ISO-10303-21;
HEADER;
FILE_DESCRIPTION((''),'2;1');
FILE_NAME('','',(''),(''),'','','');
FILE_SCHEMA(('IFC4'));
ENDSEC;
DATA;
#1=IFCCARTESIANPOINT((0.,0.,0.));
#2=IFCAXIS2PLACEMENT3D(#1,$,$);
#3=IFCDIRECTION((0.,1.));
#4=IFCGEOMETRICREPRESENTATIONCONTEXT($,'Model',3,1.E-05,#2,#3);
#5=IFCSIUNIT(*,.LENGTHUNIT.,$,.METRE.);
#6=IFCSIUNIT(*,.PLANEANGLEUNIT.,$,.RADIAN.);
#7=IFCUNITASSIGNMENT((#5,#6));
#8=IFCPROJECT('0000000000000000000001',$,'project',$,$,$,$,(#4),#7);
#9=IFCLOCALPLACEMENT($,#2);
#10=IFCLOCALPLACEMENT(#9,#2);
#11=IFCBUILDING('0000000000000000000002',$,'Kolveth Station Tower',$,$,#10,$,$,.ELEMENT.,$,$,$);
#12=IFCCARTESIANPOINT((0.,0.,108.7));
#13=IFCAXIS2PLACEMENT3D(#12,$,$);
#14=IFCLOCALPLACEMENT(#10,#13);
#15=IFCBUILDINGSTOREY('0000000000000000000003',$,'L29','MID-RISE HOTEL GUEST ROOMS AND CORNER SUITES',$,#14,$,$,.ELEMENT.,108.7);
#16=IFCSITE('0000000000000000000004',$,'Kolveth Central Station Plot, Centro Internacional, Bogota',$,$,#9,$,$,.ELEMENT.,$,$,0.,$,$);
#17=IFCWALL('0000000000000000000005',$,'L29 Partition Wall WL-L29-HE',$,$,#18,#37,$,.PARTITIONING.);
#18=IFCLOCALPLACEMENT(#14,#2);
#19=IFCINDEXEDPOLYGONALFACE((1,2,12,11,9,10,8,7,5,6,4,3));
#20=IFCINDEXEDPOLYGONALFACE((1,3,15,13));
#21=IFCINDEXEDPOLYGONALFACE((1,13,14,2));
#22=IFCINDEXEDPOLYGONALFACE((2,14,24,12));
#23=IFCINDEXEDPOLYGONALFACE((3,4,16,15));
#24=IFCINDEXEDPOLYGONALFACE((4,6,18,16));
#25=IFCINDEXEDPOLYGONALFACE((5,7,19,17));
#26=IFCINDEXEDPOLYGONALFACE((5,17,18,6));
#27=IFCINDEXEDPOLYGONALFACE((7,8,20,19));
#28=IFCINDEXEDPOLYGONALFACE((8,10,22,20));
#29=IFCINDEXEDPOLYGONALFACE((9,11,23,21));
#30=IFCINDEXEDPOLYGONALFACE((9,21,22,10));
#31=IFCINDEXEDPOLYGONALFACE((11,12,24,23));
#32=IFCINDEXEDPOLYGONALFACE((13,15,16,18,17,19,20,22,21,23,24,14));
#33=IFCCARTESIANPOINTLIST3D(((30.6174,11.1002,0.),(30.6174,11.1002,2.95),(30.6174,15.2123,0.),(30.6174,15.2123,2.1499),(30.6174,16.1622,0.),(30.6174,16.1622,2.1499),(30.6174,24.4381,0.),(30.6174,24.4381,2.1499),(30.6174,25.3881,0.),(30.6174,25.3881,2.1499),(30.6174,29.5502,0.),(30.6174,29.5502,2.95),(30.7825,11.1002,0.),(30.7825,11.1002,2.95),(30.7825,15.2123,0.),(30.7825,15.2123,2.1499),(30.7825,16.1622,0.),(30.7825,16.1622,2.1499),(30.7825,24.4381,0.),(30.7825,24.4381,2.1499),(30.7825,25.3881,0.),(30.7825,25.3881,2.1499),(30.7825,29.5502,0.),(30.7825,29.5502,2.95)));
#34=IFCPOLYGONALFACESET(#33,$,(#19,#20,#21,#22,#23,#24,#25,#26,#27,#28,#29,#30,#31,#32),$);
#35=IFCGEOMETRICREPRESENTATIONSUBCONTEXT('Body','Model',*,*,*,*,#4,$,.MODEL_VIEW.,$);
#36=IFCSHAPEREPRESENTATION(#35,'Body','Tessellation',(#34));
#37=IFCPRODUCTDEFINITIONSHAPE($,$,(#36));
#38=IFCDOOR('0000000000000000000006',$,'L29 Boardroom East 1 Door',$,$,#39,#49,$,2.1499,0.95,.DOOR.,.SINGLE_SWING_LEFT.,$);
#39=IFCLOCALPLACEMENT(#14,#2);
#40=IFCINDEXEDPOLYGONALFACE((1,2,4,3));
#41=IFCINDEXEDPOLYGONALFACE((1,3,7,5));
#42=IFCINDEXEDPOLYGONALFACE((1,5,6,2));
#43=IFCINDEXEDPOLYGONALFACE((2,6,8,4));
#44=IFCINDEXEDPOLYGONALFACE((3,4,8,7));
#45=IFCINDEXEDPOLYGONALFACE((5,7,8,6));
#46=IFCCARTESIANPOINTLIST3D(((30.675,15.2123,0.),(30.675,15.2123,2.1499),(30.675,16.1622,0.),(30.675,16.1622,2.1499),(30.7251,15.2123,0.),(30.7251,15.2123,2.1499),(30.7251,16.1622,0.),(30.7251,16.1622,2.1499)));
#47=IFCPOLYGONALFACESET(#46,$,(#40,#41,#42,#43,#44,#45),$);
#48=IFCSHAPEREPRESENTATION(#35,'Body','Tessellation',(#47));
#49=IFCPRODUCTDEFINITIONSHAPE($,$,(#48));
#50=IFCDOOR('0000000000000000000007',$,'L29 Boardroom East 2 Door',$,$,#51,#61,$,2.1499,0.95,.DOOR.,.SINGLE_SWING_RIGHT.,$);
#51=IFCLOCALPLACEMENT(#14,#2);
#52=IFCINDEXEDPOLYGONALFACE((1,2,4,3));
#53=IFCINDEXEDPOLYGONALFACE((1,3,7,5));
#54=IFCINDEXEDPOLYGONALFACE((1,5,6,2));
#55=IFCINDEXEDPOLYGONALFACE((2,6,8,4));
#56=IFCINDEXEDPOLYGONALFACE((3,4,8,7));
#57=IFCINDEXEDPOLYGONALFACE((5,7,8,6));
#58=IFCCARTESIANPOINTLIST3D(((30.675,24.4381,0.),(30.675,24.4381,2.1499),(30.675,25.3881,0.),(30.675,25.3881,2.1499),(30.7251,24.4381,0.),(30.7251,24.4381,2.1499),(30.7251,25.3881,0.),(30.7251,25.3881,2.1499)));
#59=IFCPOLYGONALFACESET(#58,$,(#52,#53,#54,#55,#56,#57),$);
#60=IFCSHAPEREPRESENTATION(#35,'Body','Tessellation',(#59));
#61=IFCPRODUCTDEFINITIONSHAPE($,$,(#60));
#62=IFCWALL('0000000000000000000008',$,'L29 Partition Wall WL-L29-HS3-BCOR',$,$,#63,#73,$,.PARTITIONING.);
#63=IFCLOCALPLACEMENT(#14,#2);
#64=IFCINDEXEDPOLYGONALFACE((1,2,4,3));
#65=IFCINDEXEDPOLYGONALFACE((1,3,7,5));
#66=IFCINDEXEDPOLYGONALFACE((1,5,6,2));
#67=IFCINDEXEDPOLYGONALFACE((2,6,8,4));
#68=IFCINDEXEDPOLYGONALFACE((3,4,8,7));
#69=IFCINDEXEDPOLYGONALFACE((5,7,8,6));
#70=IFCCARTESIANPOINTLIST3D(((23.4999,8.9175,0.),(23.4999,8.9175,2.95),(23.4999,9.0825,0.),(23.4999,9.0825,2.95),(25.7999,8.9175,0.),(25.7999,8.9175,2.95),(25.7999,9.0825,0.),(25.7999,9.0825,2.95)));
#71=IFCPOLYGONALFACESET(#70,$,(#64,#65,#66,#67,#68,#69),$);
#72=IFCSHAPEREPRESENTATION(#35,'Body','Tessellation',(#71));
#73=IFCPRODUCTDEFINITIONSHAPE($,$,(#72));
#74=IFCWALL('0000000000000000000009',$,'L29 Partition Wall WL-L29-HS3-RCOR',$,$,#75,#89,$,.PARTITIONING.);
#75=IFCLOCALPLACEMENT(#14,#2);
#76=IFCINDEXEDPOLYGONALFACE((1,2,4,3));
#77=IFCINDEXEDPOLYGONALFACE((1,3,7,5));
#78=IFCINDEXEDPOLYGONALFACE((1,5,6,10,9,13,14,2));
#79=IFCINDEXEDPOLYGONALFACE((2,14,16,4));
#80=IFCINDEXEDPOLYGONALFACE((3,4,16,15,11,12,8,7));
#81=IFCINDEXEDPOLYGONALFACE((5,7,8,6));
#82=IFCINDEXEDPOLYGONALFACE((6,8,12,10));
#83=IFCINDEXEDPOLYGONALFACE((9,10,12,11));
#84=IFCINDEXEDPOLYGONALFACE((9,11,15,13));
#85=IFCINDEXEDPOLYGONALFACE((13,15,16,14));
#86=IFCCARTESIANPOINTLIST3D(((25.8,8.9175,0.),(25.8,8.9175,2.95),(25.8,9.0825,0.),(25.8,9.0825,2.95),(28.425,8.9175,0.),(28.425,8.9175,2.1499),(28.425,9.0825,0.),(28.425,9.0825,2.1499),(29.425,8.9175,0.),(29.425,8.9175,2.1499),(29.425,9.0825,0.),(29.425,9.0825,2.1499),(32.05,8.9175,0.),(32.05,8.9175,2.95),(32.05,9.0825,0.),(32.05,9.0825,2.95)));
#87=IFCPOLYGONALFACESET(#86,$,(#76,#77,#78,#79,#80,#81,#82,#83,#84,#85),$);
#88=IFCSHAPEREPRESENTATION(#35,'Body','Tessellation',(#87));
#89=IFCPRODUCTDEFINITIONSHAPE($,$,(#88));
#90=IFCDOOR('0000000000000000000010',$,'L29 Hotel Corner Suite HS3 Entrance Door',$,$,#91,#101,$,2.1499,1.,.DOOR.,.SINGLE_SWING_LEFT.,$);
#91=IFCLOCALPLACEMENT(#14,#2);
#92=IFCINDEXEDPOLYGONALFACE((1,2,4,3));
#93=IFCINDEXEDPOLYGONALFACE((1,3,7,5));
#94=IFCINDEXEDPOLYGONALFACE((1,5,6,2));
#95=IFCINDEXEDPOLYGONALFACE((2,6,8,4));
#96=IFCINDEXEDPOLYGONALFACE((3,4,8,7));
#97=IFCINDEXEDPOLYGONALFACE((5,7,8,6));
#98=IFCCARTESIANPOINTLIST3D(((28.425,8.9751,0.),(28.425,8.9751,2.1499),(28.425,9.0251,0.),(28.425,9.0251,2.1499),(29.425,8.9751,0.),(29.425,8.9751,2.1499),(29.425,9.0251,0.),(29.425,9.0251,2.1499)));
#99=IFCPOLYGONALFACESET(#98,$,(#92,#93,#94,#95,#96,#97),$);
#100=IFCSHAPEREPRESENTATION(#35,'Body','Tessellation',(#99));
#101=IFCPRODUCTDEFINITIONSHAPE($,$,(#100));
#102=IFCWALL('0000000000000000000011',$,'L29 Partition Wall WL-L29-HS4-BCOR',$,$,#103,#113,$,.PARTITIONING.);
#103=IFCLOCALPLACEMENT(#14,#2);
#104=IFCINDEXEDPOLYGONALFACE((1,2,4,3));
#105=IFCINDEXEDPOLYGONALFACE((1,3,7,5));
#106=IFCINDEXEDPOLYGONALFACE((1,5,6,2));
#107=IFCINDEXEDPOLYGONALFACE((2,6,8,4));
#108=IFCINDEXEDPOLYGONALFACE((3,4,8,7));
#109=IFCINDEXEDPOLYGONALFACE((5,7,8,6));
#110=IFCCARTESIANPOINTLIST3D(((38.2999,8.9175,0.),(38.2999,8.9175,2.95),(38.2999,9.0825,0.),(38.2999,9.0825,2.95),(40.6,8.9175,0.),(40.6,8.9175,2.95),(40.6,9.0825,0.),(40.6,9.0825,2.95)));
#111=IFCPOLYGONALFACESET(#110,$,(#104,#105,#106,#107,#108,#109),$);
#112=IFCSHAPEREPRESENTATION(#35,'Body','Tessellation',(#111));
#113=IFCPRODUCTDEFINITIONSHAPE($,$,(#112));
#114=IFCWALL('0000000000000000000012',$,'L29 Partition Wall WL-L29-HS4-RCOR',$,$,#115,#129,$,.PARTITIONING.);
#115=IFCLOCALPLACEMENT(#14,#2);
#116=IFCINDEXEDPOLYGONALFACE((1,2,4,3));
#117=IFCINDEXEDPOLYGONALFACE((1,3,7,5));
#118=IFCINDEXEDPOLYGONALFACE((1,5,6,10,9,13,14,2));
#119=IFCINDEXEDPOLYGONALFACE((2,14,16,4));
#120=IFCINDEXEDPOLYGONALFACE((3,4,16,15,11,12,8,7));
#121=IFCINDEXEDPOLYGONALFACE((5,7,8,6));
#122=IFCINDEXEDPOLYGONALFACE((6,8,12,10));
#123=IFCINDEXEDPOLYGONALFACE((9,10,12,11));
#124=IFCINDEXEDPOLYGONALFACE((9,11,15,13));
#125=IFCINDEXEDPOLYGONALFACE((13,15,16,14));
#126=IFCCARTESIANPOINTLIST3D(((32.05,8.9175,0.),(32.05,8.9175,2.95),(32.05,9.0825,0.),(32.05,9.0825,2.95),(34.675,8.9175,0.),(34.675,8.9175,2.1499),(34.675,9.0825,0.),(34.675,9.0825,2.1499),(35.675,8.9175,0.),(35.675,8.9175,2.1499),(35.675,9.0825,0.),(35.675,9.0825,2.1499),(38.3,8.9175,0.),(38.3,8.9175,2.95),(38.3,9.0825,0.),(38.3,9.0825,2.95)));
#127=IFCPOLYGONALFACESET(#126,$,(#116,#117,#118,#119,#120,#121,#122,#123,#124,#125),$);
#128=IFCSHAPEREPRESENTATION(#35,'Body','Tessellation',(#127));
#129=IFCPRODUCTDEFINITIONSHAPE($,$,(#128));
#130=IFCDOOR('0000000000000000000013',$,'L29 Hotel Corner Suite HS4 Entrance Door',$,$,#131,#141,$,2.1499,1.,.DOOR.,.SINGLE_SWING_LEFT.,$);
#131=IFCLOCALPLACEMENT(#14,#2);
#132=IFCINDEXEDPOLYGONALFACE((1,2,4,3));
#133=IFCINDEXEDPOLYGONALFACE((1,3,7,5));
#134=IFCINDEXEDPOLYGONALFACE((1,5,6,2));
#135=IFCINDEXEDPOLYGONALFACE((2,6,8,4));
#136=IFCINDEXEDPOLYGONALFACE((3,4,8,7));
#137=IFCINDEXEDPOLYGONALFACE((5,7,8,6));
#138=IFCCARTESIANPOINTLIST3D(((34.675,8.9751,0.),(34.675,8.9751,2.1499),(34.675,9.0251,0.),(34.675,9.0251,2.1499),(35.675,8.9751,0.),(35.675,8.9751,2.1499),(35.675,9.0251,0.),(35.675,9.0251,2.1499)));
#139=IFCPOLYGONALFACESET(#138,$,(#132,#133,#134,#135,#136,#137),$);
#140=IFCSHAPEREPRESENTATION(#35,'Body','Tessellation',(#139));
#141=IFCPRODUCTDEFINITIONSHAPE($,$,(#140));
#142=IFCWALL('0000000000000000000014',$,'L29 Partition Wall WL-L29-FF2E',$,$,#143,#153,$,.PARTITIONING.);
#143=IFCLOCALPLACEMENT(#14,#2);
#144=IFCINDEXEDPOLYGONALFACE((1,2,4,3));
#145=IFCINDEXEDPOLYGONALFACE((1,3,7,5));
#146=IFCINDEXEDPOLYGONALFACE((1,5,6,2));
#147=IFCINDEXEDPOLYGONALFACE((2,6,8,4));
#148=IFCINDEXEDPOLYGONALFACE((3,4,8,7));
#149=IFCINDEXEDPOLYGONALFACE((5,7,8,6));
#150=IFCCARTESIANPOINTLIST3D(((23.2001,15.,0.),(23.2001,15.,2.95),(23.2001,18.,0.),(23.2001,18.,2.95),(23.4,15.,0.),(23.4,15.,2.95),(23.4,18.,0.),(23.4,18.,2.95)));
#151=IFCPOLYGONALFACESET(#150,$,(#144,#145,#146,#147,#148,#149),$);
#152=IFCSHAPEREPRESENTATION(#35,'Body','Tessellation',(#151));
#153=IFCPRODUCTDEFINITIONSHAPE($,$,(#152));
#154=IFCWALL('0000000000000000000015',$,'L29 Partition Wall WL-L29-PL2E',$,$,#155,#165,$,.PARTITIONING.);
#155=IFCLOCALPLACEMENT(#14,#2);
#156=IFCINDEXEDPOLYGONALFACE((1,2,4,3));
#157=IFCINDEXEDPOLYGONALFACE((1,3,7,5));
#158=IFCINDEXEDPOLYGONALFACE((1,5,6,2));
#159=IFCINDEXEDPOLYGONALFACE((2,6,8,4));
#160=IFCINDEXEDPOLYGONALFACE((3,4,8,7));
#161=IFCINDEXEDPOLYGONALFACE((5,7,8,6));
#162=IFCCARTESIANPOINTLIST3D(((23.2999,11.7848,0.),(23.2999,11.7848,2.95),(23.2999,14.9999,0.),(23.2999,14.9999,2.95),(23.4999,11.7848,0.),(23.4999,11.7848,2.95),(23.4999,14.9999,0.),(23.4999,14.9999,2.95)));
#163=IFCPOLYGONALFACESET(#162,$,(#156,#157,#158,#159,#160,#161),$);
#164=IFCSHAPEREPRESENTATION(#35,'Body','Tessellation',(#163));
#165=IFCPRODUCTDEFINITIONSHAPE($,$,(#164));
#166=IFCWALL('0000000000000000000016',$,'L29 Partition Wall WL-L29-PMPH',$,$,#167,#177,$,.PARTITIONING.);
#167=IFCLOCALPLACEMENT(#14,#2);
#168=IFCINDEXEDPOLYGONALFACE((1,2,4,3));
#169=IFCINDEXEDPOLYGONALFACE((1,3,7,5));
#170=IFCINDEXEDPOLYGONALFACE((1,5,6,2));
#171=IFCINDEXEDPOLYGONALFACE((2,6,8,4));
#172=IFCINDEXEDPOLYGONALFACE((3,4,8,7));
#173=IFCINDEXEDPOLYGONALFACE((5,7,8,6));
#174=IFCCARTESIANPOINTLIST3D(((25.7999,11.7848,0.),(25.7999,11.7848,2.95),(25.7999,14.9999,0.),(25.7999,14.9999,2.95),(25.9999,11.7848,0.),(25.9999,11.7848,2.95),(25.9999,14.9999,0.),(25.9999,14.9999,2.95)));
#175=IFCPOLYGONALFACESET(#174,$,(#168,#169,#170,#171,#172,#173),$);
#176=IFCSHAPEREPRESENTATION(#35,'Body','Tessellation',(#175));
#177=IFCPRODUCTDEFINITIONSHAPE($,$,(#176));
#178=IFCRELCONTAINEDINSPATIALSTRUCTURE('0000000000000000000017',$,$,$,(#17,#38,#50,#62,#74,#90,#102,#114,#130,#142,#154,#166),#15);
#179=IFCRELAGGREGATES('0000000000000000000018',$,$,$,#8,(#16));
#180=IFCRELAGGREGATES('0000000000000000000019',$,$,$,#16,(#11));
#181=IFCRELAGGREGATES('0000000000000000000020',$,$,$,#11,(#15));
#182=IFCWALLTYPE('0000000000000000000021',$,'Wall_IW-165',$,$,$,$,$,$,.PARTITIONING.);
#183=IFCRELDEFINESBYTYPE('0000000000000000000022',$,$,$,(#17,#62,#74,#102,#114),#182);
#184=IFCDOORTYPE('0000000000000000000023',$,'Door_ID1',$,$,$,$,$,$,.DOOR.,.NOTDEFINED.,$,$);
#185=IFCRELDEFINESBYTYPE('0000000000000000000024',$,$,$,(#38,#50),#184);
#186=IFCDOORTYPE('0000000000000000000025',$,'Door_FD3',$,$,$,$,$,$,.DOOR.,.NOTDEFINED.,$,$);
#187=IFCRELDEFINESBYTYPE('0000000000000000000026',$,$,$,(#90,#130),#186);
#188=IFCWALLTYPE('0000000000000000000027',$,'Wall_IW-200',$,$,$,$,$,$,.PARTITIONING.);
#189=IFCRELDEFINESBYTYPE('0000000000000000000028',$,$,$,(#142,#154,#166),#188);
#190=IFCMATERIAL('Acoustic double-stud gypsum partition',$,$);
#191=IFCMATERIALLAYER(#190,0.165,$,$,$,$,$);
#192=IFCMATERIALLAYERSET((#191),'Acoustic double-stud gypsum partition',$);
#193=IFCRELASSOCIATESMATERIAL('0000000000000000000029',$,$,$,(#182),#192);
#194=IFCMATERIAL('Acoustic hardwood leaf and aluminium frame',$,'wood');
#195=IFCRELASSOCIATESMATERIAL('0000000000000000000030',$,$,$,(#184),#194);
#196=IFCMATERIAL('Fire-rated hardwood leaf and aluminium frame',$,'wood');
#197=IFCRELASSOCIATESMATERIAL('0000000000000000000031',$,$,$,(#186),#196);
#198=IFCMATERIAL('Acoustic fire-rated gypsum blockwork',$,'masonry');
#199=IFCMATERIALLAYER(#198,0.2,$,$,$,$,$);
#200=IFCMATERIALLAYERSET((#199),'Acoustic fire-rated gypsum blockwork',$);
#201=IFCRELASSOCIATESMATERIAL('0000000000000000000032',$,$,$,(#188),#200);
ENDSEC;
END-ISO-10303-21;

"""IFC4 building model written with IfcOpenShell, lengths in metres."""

from ifc_helpers import new_model, si_unit, direction, frame, frame_2d, origin, place, context, subcontext, project, spatial, rectangle, extrude, material, layer, layer_set, type_object, element, fill, save


model = new_model("IFC4")

# Units and contexts
model_context = context("Model", 3, precision=1e-05, world=origin(), true_north=direction((0.0, 1.0)))
body_context = subcontext(model_context, "Body", "Model", "MODEL_VIEW")
ifc_project = project(units=[si_unit("LENGTHUNIT", "METRE"), si_unit("PLANEANGLEUNIT", "RADIAN")], contexts=[model_context])

# Site, building, storey
site_placement = place(None, origin())
site = spatial("IfcSite", under=ifc_project, at=site_placement, Name="Kolveth Central Station Plot, Centro Internacional, Bogota", CompositionType="ELEMENT", RefElevation=0.0)
building_placement = place(site_placement, origin())
building = spatial("IfcBuilding", under=site, at=building_placement, Name="Kolveth Station Tower", CompositionType="ELEMENT")
storey_placement = place(building_placement, frame((0.0, 0.0, 108.7)))
storey = spatial("IfcBuildingStorey", under=building, at=storey_placement, Name="L29", Description="MID-RISE HOTEL GUEST ROOMS AND CORNER SUITES", CompositionType="ELEMENT", Elevation=108.7)

# Shared definitions
ifc_material_1 = material(Name="Acoustic double-stud gypsum partition")
ifc_layer_1 = layer(ifc_material_1, 0.165)
ifc_layer_set_1 = layer_set([ifc_layer_1], Name="Acoustic double-stud gypsum partition")
wall_type_1 = type_object("IfcWallType", Name="Wall_IW-165", PredefinedType="PARTITIONING", material=ifc_layer_set_1)

# Wall, openings, doors
wall_1_placement = place(storey_placement, frame((30.7, 11.1001, 0.0), z_axis=(0.0, 0.0, 1.0), x_axis=(0.0, 1.0, 0.0)))
wall_1 = element("IfcWall", 1, at=wall_1_placement, inside=storey, type_object=wall_type_1, Name="L29 Partition Wall WL-L29-HE", PredefinedType="PARTITIONING", context=body_context, shape_type="SweptSolid", body=[
    extrude(rectangle(XDim=18.45, YDim=0.165, at=frame_2d((9.2251, 0.0))), origin(), (0.0, 0.0, 1.0), 2.95),
])
opening_1_placement = place(wall_1_placement, frame((4.1121, 0.0, 0.0)))
opening_1 = element("IfcOpeningElement", 2, at=opening_1_placement, cuts=wall_1, PredefinedType="OPENING", context=body_context, shape_type="SweptSolid", body=[
    extrude(rectangle(XDim=0.95, YDim=2.1499, at=frame_2d((0.4751, 1.075))), frame((0.0, 0.0925, 0.0), z_axis=(0.0, -1.0, 0.0), x_axis=(1.0, 0.0, 0.0)), (0.0, 0.0, 1.0), 0.1851),
])
opening_2_placement = place(wall_1_placement, frame((13.3379, 0.0, 0.0)))
opening_2 = element("IfcOpeningElement", 3, at=opening_2_placement, cuts=wall_1, PredefinedType="OPENING", context=body_context, shape_type="SweptSolid", body=[
    extrude(rectangle(XDim=0.95, YDim=2.1499, at=frame_2d((0.4751, 1.075))), frame((0.0, 0.0925, 0.0), z_axis=(0.0, -1.0, 0.0), x_axis=(1.0, 0.0, 0.0)), (0.0, 0.0, 1.0), 0.1851),
])
ifc_material_2 = material(Name="Acoustic hardwood leaf and aluminium frame", Category="wood")
door_type_1 = type_object("IfcDoorType", Name="Door_ID1", OperationType="NOTDEFINED", PredefinedType="DOOR", material=ifc_material_2)
door_1_placement = place(opening_1_placement, origin())
door_1 = element("IfcDoor", 4, at=door_1_placement, inside=storey, type_object=door_type_1, Name="L29 Boardroom East 1 Door", OperationType="SINGLE_SWING_LEFT", OverallHeight=2.1499, OverallWidth=0.95, PredefinedType="DOOR", context=body_context, shape_type="SweptSolid", body=[
    extrude(rectangle(XDim=0.95, YDim=2.1499, at=frame_2d((0.4751, 1.075))), frame((0.0, 0.0249, 0.0), z_axis=(0.0, -1.0, 0.0), x_axis=(1.0, 0.0, 0.0)), (0.0, 0.0, 1.0), 0.05),
])
fill(opening_1, door_1)
door_2_placement = place(opening_2_placement, origin())
door_2 = element("IfcDoor", 5, at=door_2_placement, inside=storey, type_object=door_type_1, Name="L29 Boardroom East 2 Door", OperationType="SINGLE_SWING_RIGHT", OverallHeight=2.1499, OverallWidth=0.95, PredefinedType="DOOR", context=body_context, shape_type="SweptSolid", body=[
    extrude(rectangle(XDim=0.95, YDim=2.1499, at=frame_2d((0.4751, 1.075))), frame((0.0, 0.0249, 0.0), z_axis=(0.0, -1.0, 0.0), x_axis=(1.0, 0.0, 0.0)), (0.0, 0.0, 1.0), 0.05),
])
fill(opening_2, door_2)

# Wall
wall_2_placement = place(storey_placement, frame((23.5, 9.0, 0.0), z_axis=(0.0, 0.0, 1.0), x_axis=(1.0, 0.0, 0.0)))
element("IfcWall", 6, at=wall_2_placement, inside=storey, type_object=wall_type_1, Name="L29 Partition Wall WL-L29-HS3-BCOR", PredefinedType="PARTITIONING", context=body_context, shape_type="SweptSolid", body=[
    extrude(rectangle(XDim=2.3, YDim=0.165, at=frame_2d((1.1499, 0.0))), origin(), (0.0, 0.0, 1.0), 2.95),
])

# Wall, opening, door
wall_3_placement = place(storey_placement, frame((25.8, 9.0, 0.0), z_axis=(0.0, 0.0, 1.0), x_axis=(1.0, 0.0, 0.0)))
wall_3 = element("IfcWall", 7, at=wall_3_placement, inside=storey, type_object=wall_type_1, Name="L29 Partition Wall WL-L29-HS3-RCOR", PredefinedType="PARTITIONING", context=body_context, shape_type="SweptSolid", body=[
    extrude(rectangle(XDim=6.25, YDim=0.165, at=frame_2d((3.125, 0.0))), origin(), (0.0, 0.0, 1.0), 2.95),
])
opening_3_placement = place(wall_3_placement, frame((2.625, 0.0, 0.0)))
opening_3 = element("IfcOpeningElement", 8, at=opening_3_placement, cuts=wall_3, PredefinedType="OPENING", context=body_context, shape_type="SweptSolid", body=[
    extrude(rectangle(XDim=1.0, YDim=2.1499, at=frame_2d((0.5, 1.075))), frame((0.0, 0.0925, 0.0), z_axis=(0.0, -1.0, 0.0), x_axis=(1.0, 0.0, 0.0)), (0.0, 0.0, 1.0), 0.1851),
])
ifc_material_3 = material(Name="Fire-rated hardwood leaf and aluminium frame", Category="wood")
door_type_2 = type_object("IfcDoorType", Name="Door_FD3", OperationType="NOTDEFINED", PredefinedType="DOOR", material=ifc_material_3)
door_3_placement = place(opening_3_placement, frame((1.0, 0.0, 0.0), z_axis=(0.0, 0.0, 1.0), x_axis=(-1.0, 0.0, 0.0)))
door_3 = element("IfcDoor", 9, at=door_3_placement, inside=storey, type_object=door_type_2, Name="L29 Hotel Corner Suite HS3 Entrance Door", OperationType="SINGLE_SWING_LEFT", OverallHeight=2.1499, OverallWidth=1.0, PredefinedType="DOOR", context=body_context, shape_type="SweptSolid", body=[
    extrude(rectangle(XDim=1.0, YDim=2.1499, at=frame_2d((0.5, 1.075))), frame((0.0, 0.0249, 0.0), z_axis=(0.0, -1.0, 0.0), x_axis=(1.0, 0.0, 0.0)), (0.0, 0.0, 1.0), 0.05),
])
fill(opening_3, door_3)

# Wall
wall_4_placement = place(storey_placement, frame((38.3, 9.0, 0.0), z_axis=(0.0, 0.0, 1.0), x_axis=(1.0, 0.0, 0.0)))
element("IfcWall", 10, at=wall_4_placement, inside=storey, type_object=wall_type_1, Name="L29 Partition Wall WL-L29-HS4-BCOR", PredefinedType="PARTITIONING", context=body_context, shape_type="SweptSolid", body=[
    extrude(rectangle(XDim=2.3, YDim=0.165, at=frame_2d((1.1499, 0.0))), origin(), (0.0, 0.0, 1.0), 2.95),
])

# Wall, opening, door
wall_5_placement = place(storey_placement, frame((32.05, 9.0, 0.0), z_axis=(0.0, 0.0, 1.0), x_axis=(1.0, 0.0, 0.0)))
wall_5 = element("IfcWall", 11, at=wall_5_placement, inside=storey, type_object=wall_type_1, Name="L29 Partition Wall WL-L29-HS4-RCOR", PredefinedType="PARTITIONING", context=body_context, shape_type="SweptSolid", body=[
    extrude(rectangle(XDim=6.25, YDim=0.165, at=frame_2d((3.125, 0.0))), origin(), (0.0, 0.0, 1.0), 2.95),
])
opening_4_placement = place(wall_5_placement, frame((2.625, 0.0, 0.0)))
opening_4 = element("IfcOpeningElement", 12, at=opening_4_placement, cuts=wall_5, PredefinedType="OPENING", context=body_context, shape_type="SweptSolid", body=[
    extrude(rectangle(XDim=1.0, YDim=2.1499, at=frame_2d((0.5, 1.075))), frame((0.0, 0.0925, 0.0), z_axis=(0.0, -1.0, 0.0), x_axis=(1.0, 0.0, 0.0)), (0.0, 0.0, 1.0), 0.1851),
])
door_4_placement = place(opening_4_placement, frame((1.0, 0.0, 0.0), z_axis=(0.0, 0.0, 1.0), x_axis=(-1.0, 0.0, 0.0)))
door_4 = element("IfcDoor", 13, at=door_4_placement, inside=storey, type_object=door_type_2, Name="L29 Hotel Corner Suite HS4 Entrance Door", OperationType="SINGLE_SWING_LEFT", OverallHeight=2.1499, OverallWidth=1.0, PredefinedType="DOOR", context=body_context, shape_type="SweptSolid", body=[
    extrude(rectangle(XDim=1.0, YDim=2.1499, at=frame_2d((0.5, 1.075))), frame((0.0, 0.0249, 0.0), z_axis=(0.0, -1.0, 0.0), x_axis=(1.0, 0.0, 0.0)), (0.0, 0.0, 1.0), 0.05),
])
fill(opening_4, door_4)

# Walls
ifc_material_4 = material(Name="Acoustic fire-rated gypsum blockwork", Category="masonry")
ifc_layer_2 = layer(ifc_material_4, 0.2)
ifc_layer_set_2 = layer_set([ifc_layer_2], Name="Acoustic fire-rated gypsum blockwork")
wall_type_2 = type_object("IfcWallType", Name="Wall_IW-200", PredefinedType="PARTITIONING", material=ifc_layer_set_2)
wall_6_placement = place(storey_placement, frame((23.3, 15.0, 0.0), z_axis=(0.0, 0.0, 1.0), x_axis=(0.0, 1.0, 0.0)))
element("IfcWall", 14, at=wall_6_placement, inside=storey, type_object=wall_type_2, Name="L29 Partition Wall WL-L29-FF2E", PredefinedType="PARTITIONING", context=body_context, shape_type="SweptSolid", body=[
    extrude(rectangle(XDim=3.0, YDim=0.2, at=frame_2d((1.5, 0.0))), origin(), (0.0, 0.0, 1.0), 2.95),
])
for number, where, z_axis, x_axis, name in (
    (15, (23.3999, 11.7849, 0.0), (0.0, 0.0, 1.0), (0.0, 1.0, 0.0), "L29 Partition Wall WL-L29-PL2E"),
    (16, (25.8999, 11.7849, 0.0), (0.0, 0.0, 1.0), (0.0, 1.0, 0.0), "L29 Partition Wall WL-L29-PMPH"),
):
    element("IfcWall", number, at=place(storey_placement, frame(where, z_axis=z_axis, x_axis=x_axis)), inside=storey, type_object=wall_type_2, Name=name, PredefinedType="PARTITIONING", context=body_context, shape_type="SweptSolid", body=[
        extrude(rectangle(XDim=3.2151, YDim=0.2, at=frame_2d((1.6074, 0.0))), origin(), (0.0, 0.0, 1.0), 2.95),
    ])

save(model, "model.ifc")
